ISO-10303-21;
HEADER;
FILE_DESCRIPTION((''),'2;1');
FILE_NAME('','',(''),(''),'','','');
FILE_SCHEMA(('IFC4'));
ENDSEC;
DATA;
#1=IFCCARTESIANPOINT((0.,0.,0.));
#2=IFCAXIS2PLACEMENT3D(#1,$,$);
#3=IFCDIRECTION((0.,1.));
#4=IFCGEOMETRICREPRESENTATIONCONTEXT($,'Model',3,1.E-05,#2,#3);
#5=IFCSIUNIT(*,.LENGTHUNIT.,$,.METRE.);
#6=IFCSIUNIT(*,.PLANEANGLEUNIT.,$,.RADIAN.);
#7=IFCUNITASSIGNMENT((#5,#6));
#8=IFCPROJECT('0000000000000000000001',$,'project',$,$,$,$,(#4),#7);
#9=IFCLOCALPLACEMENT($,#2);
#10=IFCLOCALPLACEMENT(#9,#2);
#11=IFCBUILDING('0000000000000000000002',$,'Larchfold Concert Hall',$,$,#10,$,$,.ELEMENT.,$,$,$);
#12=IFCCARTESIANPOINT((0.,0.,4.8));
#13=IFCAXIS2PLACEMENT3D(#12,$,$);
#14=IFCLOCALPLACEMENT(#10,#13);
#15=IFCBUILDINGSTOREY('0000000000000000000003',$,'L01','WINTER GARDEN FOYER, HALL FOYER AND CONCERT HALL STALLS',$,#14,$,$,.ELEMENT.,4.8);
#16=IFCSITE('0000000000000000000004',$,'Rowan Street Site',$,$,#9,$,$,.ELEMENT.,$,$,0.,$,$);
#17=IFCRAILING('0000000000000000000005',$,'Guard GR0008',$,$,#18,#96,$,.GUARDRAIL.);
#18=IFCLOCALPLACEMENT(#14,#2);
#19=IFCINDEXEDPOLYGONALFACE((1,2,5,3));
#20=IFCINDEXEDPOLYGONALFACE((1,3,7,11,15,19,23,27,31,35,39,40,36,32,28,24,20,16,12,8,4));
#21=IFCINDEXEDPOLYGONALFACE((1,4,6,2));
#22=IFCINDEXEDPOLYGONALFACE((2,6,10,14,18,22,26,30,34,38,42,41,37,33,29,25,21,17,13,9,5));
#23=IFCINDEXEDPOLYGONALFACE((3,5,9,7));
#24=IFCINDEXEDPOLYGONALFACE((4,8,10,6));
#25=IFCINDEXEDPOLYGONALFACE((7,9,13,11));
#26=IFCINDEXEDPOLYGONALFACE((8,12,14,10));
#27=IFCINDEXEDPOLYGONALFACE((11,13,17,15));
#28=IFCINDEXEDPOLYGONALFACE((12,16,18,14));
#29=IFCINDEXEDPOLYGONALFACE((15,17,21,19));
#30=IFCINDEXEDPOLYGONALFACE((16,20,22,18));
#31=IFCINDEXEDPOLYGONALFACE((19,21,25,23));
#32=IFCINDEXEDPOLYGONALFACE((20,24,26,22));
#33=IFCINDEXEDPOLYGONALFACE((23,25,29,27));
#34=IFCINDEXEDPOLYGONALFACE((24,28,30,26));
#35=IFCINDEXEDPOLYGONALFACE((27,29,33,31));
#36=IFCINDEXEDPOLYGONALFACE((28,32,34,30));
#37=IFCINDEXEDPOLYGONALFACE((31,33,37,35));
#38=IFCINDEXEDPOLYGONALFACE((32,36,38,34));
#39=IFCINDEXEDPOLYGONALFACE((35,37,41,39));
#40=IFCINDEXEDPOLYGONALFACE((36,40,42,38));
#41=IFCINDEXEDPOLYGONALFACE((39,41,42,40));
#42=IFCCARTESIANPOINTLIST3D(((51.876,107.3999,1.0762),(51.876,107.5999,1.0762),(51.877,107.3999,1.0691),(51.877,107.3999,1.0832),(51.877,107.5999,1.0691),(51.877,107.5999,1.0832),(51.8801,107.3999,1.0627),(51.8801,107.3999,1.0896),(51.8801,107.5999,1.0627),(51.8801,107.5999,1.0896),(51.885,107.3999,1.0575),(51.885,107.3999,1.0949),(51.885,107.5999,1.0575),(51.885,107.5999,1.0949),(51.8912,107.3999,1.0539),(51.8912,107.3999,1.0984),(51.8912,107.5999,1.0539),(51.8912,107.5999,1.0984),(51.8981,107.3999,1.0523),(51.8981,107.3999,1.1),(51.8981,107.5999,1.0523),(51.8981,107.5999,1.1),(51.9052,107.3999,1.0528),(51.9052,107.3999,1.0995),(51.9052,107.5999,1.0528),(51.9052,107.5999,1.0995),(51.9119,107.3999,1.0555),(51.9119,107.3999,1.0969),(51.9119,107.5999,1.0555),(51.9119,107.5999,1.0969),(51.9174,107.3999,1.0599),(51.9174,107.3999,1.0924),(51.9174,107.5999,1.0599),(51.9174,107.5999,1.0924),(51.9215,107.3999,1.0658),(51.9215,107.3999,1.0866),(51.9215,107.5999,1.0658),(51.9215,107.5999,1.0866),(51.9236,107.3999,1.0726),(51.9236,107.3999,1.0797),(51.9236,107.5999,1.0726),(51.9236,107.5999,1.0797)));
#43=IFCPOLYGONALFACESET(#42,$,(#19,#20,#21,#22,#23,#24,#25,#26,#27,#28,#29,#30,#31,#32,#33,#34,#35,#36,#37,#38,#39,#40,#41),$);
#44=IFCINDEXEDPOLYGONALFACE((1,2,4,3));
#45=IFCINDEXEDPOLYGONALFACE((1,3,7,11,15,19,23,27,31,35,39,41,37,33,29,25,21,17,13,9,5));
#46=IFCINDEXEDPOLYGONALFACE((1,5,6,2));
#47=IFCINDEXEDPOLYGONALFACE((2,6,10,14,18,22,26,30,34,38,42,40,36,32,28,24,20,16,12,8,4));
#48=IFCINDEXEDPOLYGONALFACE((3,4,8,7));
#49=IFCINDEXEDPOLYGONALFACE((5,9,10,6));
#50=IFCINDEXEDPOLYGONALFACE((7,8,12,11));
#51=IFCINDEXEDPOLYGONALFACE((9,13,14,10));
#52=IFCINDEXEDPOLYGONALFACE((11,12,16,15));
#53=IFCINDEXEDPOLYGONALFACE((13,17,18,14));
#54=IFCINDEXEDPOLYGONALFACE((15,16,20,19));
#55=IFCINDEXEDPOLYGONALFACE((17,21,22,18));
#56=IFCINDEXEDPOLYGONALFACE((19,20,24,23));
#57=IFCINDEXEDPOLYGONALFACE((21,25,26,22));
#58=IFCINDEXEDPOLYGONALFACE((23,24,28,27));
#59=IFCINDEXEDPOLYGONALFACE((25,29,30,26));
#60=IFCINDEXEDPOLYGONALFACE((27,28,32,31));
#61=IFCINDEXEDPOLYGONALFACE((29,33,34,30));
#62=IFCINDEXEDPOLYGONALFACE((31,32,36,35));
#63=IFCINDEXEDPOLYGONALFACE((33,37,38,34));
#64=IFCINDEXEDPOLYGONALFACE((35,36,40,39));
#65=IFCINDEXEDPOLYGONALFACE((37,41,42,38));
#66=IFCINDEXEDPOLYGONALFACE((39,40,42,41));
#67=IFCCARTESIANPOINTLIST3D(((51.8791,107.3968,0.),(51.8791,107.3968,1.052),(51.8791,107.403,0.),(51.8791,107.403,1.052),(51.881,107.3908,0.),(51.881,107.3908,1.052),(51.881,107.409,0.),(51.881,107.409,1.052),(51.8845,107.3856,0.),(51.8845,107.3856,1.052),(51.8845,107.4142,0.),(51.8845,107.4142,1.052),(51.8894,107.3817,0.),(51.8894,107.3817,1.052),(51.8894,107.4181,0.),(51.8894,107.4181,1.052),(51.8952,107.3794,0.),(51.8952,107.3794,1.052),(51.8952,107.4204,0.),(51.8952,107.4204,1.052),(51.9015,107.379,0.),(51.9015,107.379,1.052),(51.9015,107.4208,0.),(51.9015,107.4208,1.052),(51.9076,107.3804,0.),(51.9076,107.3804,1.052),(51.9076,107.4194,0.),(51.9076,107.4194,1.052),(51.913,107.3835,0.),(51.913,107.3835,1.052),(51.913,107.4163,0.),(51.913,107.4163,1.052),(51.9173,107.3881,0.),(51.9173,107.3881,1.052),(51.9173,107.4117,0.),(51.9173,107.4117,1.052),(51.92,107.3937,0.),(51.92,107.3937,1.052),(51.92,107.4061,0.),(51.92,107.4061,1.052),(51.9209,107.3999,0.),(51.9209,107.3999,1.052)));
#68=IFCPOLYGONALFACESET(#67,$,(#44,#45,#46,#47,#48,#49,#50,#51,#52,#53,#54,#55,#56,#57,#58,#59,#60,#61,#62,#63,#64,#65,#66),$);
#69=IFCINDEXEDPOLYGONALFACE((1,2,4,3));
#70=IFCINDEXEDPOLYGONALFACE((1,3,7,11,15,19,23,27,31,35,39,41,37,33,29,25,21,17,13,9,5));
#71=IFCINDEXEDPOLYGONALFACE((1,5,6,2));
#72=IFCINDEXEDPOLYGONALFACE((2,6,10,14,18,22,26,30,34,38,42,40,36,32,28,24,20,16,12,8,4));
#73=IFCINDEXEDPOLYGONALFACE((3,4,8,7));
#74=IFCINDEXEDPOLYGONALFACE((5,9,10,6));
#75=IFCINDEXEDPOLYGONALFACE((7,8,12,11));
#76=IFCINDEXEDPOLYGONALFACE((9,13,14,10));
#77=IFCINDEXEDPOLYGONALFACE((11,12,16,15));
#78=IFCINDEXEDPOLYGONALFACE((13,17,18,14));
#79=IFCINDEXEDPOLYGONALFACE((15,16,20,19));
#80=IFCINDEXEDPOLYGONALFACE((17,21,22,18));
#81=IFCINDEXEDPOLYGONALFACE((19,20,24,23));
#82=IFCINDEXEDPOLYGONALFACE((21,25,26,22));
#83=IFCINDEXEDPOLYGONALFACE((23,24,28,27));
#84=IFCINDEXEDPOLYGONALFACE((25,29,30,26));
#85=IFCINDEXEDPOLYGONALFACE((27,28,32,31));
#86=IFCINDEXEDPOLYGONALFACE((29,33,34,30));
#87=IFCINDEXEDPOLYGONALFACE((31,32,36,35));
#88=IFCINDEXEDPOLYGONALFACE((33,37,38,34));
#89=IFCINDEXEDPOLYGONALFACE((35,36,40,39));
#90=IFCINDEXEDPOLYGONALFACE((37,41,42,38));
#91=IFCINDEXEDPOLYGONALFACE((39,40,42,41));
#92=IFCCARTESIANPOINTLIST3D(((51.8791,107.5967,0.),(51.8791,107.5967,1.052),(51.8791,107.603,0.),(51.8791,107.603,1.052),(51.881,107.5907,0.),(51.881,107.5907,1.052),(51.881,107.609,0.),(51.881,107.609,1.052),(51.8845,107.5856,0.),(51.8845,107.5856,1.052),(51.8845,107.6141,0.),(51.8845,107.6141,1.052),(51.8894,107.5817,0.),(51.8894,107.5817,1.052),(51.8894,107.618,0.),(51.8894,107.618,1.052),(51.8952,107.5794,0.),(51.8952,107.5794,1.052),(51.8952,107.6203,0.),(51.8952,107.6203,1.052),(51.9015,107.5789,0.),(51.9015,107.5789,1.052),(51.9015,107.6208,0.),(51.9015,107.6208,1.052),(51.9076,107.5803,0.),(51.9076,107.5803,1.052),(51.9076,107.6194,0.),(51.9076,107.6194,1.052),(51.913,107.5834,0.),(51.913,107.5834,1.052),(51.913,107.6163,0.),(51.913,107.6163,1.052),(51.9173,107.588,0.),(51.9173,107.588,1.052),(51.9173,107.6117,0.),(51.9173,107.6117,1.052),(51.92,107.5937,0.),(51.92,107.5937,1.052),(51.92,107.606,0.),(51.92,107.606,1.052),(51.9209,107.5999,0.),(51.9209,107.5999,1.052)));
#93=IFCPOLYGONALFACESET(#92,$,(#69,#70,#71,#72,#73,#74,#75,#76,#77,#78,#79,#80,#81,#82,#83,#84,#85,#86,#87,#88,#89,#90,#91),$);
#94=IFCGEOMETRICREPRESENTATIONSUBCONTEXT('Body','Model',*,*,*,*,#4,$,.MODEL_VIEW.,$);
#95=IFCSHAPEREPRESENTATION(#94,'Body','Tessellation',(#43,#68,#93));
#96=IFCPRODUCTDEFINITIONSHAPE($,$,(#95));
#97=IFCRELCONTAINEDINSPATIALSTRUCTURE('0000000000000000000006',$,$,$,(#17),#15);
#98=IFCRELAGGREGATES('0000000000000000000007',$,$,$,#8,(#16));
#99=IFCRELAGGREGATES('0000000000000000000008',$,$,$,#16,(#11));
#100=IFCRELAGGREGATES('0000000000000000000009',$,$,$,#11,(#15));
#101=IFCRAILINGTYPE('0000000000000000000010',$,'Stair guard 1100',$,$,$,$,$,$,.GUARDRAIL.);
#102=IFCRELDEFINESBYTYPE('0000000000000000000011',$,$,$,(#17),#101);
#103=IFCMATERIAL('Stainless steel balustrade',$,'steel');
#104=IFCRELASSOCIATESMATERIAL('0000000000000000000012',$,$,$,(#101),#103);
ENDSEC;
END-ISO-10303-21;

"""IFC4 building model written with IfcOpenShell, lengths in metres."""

from ifc_helpers import new_model, si_unit, direction, frame, origin, origin_2d, place, context, subcontext, project, spatial, circle, extrude, material, type_object, element, save


model = new_model("IFC4")

# Units and contexts
model_context = context("Model", 3, precision=1e-05, world=origin(), true_north=direction((0.0, 1.0)))
body_context = subcontext(model_context, "Body", "Model", "MODEL_VIEW")
ifc_project = project(units=[si_unit("LENGTHUNIT", "METRE"), si_unit("PLANEANGLEUNIT", "RADIAN")], contexts=[model_context])

# Site, building, storey
site_placement = place(None, origin())
site = spatial("IfcSite", under=ifc_project, at=site_placement, Name="Rowan Street Site", CompositionType="ELEMENT", RefElevation=0.0)
building_placement = place(site_placement, origin())
building = spatial("IfcBuilding", under=site, at=building_placement, Name="Larchfold Concert Hall", CompositionType="ELEMENT")
storey_placement = place(building_placement, frame((0.0, 0.0, 4.8)))
storey = spatial("IfcBuildingStorey", under=building, at=storey_placement, Name="L01", Description="WINTER GARDEN FOYER, HALL FOYER AND CONCERT HALL STALLS", CompositionType="ELEMENT", Elevation=4.8)

# Railing
ifc_material_1 = material(Name="Stainless steel balustrade", Category="steel")
railing_type_1 = type_object("IfcRailingType", Name="Stair guard 1100", PredefinedType="GUARDRAIL", material=ifc_material_1)
railing_1_placement = place(storey_placement, frame((51.8999, 107.3999, 0.0)))
element("IfcRailing", 1, at=railing_1_placement, inside=storey, type_object=railing_type_1, Name="Guard GR0008", PredefinedType="GUARDRAIL", context=body_context, shape_type="SweptSolid", body=[
    extrude(circle(Radius=0.0239, at=origin_2d()), frame((0.0, 0.0, 1.0762), z_axis=(0.0, 1.0, 0.0), x_axis=(-1.0, 0.0, 0.0)), (0.0, 0.0, 1.0), 0.2),
    extrude(circle(Radius=0.021, at=origin_2d()), origin(), (0.0, 0.0, 1.0), 1.052),
    extrude(circle(Radius=0.021, at=origin_2d()), frame((0.0, 0.2, 0.0)), (0.0, 0.0, 1.0), 1.052),
])

save(model, "model.ifc")
